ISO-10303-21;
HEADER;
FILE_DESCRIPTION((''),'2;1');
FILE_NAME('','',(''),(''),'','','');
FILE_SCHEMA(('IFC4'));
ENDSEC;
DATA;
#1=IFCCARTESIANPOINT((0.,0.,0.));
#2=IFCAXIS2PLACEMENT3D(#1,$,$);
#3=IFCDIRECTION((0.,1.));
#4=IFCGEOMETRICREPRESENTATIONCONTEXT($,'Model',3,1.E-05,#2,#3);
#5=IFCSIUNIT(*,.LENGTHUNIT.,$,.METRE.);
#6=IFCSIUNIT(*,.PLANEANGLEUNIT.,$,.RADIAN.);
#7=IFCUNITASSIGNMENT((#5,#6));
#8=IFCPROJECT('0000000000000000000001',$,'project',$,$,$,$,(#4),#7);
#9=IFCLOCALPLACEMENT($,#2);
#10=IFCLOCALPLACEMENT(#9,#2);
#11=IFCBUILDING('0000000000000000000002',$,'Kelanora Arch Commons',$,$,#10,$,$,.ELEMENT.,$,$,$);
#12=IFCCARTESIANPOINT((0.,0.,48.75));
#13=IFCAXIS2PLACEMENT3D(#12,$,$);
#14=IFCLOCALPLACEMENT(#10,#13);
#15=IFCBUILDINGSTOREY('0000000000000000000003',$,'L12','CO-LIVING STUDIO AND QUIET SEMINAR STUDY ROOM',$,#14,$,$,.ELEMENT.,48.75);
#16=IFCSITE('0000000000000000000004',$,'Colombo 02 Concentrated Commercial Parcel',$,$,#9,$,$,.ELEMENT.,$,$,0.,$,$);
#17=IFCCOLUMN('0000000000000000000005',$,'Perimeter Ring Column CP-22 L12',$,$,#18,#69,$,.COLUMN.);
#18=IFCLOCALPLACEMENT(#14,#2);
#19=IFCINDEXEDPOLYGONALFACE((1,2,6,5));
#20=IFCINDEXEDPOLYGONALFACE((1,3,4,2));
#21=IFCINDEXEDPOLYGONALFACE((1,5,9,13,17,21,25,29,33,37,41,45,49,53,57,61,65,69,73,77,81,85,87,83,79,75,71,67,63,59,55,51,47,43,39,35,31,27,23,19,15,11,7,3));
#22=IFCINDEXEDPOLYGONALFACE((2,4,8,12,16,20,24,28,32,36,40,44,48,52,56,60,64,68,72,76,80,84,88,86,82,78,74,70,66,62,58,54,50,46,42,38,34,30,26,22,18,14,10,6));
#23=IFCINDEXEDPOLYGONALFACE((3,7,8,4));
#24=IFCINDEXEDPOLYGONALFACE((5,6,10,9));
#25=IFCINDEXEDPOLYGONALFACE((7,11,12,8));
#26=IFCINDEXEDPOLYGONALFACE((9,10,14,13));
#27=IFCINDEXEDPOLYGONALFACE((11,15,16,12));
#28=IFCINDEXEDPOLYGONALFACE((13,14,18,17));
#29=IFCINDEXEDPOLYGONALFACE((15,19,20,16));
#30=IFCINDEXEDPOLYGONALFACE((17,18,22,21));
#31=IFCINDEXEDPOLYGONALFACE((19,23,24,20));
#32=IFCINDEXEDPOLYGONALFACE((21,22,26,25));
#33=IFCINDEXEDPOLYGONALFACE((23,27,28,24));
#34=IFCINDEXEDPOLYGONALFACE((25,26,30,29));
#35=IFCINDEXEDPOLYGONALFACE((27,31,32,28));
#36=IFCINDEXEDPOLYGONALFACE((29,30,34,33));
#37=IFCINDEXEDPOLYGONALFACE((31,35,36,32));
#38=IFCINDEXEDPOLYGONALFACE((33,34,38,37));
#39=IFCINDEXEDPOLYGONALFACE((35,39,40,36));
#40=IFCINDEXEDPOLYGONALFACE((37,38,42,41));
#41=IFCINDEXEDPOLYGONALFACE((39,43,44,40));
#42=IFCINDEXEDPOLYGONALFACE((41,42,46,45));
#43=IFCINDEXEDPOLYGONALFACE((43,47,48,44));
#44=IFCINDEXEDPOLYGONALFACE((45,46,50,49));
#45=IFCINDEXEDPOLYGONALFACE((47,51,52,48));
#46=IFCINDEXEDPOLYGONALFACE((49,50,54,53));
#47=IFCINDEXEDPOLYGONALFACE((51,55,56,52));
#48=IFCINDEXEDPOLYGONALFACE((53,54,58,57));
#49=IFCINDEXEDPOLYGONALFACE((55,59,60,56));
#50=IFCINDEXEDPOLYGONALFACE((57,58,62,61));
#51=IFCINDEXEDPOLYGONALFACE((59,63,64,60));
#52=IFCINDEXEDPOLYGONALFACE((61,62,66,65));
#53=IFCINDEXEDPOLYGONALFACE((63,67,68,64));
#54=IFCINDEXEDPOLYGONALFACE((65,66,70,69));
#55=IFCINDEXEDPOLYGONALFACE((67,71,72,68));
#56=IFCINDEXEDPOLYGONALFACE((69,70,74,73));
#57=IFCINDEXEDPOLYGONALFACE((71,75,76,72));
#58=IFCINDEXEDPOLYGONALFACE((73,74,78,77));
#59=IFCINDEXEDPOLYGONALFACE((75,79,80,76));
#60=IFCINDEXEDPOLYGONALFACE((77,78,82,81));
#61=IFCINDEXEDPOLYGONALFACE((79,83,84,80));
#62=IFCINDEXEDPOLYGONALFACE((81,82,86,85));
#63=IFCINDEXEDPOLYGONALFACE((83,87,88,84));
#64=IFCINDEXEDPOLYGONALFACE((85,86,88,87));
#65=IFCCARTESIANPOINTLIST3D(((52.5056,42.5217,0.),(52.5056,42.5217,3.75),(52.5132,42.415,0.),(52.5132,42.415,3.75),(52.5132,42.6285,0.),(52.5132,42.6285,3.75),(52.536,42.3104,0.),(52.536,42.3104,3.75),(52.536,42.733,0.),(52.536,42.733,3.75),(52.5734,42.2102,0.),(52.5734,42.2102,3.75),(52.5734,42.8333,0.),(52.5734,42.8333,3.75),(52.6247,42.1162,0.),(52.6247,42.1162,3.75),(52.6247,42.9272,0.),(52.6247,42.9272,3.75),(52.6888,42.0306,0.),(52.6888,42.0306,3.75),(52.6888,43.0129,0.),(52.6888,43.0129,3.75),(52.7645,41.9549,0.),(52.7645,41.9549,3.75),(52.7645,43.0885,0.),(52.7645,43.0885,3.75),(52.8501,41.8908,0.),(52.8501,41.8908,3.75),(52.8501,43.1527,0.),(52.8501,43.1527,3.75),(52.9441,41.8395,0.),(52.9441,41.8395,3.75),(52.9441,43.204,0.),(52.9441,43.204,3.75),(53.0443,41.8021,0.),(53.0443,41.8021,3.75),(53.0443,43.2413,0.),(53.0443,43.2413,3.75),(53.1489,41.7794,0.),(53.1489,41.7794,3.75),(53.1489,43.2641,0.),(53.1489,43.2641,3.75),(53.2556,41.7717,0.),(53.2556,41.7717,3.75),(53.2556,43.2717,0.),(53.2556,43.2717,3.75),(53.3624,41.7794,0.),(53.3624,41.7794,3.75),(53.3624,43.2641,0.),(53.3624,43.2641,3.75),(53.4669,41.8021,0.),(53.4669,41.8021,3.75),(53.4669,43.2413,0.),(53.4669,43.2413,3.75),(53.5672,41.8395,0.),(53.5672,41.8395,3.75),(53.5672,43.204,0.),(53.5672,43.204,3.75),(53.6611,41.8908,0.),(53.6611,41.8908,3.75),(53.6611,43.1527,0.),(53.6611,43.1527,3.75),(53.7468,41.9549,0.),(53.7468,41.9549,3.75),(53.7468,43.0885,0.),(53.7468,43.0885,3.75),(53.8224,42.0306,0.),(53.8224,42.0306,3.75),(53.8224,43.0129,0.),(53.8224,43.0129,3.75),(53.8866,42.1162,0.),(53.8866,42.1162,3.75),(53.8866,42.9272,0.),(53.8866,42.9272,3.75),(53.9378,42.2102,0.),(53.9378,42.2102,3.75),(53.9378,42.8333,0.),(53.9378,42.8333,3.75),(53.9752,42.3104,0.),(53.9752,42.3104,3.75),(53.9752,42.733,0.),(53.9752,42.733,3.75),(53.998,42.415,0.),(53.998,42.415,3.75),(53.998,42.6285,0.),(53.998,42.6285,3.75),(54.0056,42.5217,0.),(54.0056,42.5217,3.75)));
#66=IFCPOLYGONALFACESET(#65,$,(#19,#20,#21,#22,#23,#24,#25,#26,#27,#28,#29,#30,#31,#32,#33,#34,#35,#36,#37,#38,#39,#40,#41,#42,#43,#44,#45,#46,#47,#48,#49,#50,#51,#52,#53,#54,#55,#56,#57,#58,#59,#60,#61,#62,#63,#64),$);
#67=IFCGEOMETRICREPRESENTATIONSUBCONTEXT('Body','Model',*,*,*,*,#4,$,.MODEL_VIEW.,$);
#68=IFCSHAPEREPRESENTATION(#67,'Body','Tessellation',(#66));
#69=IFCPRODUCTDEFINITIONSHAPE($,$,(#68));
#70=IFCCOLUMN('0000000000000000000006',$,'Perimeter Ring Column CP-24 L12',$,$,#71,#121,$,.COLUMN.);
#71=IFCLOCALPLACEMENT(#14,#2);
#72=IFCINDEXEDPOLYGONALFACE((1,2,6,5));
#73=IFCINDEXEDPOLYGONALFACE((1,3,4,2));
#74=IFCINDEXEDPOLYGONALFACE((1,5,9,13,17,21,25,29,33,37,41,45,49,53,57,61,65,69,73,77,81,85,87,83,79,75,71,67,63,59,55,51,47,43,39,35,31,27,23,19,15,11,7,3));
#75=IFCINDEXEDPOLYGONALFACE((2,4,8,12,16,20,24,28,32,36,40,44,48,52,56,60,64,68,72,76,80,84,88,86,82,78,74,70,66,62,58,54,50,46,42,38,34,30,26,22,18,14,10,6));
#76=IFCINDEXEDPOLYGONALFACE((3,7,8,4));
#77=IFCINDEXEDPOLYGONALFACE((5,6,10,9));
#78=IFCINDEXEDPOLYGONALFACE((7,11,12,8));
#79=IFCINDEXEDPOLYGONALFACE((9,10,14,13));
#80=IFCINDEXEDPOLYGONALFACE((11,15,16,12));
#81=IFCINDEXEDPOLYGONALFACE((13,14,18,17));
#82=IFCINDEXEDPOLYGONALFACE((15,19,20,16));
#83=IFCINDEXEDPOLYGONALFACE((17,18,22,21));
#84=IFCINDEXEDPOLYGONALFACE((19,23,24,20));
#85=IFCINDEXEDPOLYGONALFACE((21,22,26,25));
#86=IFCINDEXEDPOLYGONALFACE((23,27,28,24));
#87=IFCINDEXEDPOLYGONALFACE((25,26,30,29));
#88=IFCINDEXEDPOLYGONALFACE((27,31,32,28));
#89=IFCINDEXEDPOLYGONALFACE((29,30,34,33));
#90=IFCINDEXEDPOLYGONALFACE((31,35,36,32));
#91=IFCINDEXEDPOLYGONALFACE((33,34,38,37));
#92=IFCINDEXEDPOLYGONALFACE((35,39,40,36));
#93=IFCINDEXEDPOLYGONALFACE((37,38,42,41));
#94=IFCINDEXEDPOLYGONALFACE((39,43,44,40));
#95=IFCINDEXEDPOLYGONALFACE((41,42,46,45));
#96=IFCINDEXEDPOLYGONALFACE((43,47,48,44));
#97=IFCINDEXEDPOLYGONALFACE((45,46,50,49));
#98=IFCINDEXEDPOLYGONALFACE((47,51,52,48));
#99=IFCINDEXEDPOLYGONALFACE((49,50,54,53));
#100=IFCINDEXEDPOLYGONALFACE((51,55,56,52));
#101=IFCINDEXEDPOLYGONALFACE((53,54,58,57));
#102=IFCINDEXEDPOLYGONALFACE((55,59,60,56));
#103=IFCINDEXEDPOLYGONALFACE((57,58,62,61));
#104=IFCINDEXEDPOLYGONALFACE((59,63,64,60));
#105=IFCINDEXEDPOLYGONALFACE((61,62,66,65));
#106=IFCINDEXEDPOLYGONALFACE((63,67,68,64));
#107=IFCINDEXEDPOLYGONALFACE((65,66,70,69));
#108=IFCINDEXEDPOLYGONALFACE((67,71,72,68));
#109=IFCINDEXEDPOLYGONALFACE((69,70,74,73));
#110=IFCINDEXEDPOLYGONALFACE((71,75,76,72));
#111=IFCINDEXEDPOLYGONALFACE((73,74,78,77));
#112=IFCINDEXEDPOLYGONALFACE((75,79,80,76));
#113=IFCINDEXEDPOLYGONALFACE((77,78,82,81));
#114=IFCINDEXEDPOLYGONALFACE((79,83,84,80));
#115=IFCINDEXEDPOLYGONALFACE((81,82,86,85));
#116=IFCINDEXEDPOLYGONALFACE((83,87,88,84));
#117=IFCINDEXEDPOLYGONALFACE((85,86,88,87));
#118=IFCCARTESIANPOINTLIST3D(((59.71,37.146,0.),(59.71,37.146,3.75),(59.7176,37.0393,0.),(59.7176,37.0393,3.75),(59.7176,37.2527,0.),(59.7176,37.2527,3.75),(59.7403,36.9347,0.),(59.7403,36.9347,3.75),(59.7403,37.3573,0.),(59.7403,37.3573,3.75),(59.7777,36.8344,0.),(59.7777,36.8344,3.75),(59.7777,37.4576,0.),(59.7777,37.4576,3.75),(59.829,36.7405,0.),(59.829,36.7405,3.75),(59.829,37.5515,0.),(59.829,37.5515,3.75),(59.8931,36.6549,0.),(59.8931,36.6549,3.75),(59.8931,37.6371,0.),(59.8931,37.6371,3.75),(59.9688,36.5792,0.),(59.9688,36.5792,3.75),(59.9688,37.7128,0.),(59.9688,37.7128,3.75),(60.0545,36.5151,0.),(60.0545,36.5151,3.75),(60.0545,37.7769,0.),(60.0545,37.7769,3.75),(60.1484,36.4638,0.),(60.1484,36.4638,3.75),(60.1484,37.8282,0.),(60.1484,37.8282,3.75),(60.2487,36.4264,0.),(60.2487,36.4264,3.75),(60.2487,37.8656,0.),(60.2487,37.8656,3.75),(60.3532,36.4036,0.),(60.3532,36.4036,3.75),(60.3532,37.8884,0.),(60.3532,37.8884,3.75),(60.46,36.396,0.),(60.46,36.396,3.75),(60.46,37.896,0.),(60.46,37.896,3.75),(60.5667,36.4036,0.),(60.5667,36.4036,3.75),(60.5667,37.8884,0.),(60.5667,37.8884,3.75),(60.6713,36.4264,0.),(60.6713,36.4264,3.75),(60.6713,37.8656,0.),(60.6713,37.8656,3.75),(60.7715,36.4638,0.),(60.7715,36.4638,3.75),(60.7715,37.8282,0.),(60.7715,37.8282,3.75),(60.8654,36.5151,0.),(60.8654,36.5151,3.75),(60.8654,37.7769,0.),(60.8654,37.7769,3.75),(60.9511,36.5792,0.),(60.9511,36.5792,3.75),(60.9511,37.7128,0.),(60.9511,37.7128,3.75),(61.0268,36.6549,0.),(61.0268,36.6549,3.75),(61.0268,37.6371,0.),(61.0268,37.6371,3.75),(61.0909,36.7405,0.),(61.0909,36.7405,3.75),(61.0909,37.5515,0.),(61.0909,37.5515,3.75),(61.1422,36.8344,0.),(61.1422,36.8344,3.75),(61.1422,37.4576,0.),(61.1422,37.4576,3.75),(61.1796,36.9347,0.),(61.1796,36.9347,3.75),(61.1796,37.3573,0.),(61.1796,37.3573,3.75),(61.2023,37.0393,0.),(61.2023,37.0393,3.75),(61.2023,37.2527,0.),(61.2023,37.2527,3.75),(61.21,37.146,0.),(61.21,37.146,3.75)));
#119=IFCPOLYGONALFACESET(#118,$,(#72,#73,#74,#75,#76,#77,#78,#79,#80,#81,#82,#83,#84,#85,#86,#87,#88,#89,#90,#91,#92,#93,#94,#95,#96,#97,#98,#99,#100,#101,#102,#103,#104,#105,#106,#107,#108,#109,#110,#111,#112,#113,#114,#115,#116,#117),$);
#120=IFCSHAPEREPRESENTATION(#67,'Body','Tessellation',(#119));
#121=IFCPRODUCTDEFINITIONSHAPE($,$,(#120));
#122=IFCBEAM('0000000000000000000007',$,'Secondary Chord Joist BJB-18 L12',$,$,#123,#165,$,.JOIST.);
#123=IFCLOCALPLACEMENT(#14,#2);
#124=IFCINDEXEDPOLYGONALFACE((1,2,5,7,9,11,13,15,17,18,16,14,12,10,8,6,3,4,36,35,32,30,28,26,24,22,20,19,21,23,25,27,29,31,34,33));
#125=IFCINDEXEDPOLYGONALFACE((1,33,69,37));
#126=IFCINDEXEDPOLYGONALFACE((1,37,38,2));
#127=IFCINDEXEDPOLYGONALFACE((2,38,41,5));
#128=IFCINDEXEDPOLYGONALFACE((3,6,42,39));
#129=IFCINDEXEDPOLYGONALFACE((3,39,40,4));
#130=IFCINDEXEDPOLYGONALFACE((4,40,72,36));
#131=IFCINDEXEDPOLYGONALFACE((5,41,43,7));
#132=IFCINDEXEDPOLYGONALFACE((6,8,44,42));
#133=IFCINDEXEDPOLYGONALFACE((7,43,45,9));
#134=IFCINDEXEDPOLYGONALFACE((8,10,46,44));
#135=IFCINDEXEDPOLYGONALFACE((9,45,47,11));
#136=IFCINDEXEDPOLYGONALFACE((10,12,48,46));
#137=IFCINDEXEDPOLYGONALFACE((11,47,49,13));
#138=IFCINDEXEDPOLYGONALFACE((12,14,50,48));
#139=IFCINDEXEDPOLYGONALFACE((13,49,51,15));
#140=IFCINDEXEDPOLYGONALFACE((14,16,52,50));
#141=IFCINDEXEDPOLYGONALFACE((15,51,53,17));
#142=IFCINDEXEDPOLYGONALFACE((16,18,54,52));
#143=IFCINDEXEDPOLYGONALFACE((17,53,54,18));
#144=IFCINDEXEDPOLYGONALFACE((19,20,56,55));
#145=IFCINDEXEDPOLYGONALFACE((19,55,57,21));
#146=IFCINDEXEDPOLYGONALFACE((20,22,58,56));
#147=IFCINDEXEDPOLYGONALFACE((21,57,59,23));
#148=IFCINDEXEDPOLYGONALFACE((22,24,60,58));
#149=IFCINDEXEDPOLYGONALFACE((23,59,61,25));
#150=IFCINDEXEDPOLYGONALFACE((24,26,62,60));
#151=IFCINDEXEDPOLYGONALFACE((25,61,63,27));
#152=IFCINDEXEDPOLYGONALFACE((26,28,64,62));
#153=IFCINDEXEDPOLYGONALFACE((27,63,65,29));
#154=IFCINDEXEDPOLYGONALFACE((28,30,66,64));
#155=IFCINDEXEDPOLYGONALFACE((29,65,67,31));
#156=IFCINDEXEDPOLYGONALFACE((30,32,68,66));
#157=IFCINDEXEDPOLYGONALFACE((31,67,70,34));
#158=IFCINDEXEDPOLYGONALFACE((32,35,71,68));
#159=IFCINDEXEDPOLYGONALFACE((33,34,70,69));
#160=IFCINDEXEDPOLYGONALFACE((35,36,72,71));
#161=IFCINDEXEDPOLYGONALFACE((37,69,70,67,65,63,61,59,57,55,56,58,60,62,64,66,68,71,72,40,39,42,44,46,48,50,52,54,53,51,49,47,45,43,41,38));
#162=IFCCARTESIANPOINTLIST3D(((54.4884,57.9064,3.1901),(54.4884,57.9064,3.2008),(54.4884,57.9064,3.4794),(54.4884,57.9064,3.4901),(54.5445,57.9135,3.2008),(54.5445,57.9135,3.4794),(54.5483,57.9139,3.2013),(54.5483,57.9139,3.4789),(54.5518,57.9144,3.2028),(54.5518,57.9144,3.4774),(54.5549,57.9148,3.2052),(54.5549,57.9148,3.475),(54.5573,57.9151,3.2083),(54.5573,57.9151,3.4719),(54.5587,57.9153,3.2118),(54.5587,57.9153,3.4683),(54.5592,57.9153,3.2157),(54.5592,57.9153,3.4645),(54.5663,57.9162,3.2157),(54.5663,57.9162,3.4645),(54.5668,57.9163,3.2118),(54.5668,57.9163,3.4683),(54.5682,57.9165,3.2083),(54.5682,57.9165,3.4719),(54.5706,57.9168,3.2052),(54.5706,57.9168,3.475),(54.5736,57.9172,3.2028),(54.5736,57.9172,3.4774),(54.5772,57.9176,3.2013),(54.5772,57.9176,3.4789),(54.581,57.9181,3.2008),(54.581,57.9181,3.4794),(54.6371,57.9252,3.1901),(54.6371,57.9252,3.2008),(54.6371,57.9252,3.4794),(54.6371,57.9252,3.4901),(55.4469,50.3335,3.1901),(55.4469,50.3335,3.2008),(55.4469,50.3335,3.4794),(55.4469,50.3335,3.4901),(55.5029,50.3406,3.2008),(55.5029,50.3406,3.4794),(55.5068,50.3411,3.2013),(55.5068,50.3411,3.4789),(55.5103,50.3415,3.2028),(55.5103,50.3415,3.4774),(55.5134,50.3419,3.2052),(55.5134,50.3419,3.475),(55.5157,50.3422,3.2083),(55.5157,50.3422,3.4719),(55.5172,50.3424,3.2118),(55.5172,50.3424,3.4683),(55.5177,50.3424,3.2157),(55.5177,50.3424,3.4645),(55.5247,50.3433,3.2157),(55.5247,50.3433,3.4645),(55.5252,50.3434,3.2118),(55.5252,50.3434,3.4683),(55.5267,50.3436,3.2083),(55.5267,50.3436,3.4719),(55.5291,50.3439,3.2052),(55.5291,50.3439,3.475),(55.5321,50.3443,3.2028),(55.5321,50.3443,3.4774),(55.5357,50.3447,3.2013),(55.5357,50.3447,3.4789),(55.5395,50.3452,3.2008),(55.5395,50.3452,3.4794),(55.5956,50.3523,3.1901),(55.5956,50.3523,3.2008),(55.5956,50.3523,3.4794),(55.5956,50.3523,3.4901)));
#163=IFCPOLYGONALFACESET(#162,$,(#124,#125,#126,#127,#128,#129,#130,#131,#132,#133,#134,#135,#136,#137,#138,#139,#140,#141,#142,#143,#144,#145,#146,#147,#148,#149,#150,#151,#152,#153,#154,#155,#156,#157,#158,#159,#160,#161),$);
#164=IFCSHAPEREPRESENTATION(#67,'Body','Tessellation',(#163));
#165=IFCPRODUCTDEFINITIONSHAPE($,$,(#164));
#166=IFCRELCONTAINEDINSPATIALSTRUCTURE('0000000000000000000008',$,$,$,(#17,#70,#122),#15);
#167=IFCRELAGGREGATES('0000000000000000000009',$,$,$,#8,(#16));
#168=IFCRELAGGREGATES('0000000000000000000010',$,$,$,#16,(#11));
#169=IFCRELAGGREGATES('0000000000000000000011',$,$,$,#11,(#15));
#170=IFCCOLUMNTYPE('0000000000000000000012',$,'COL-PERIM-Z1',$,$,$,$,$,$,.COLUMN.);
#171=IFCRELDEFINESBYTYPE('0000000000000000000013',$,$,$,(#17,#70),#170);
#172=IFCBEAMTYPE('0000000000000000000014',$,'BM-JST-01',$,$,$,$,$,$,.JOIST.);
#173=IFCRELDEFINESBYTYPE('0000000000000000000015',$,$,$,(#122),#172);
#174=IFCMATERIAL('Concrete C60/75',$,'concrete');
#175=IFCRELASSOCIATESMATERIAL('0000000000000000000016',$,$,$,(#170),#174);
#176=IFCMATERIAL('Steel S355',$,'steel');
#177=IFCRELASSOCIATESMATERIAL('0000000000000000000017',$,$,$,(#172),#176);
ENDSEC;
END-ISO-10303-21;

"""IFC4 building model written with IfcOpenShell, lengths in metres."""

from ifc_helpers import new_model, si_unit, direction, frame, origin, origin_2d, place, context, subcontext, project, spatial, circle, i_section, extrude, material, material_profile, profile_set, type_object, element, save


model = new_model("IFC4")

# Units and contexts
model_context = context("Model", 3, precision=1e-05, world=origin(), true_north=direction((0.0, 1.0)))
body_context = subcontext(model_context, "Body", "Model", "MODEL_VIEW")
ifc_project = project(units=[si_unit("LENGTHUNIT", "METRE"), si_unit("PLANEANGLEUNIT", "RADIAN")], contexts=[model_context])

# Site, building, storey
site_placement = place(None, origin())
site = spatial("IfcSite", under=ifc_project, at=site_placement, Name="Colombo 02 Concentrated Commercial Parcel", CompositionType="ELEMENT", RefElevation=0.0)
building_placement = place(site_placement, origin())
building = spatial("IfcBuilding", under=site, at=building_placement, Name="Kelanora Arch Commons", CompositionType="ELEMENT")
storey_placement = place(building_placement, frame((0.0, 0.0, 48.75)))
storey = spatial("IfcBuildingStorey", under=building, at=storey_placement, Name="L12", Description="CO-LIVING STUDIO AND QUIET SEMINAR STUDY ROOM", CompositionType="ELEMENT", Elevation=48.75)

# Columns
ifc_material_1 = material(Name="Concrete C60/75", Category="concrete")
ifc_material_profile_1 = material_profile(ifc_material_1, circle(Radius=0.75, at=origin_2d()), Name="RCC1500")
ifc_profile_set_1 = profile_set([ifc_material_profile_1], Name="Concrete C60/75")
column_type = type_object("IfcColumnType", Name="COL-PERIM-Z1", PredefinedType="COLUMN", material=ifc_profile_set_1)
for number, where, z_axis, x_axis, name in (
    (1, (53.2556, 42.5217, 0.0), (0.0, 0.0, 1.0), (1.0, 0.0, 0.0), "Perimeter Ring Column CP-22 L12"),
    (2, (60.46, 37.146, 0.0), (0.0, 0.0, 1.0), (1.0, 0.0, 0.0), "Perimeter Ring Column CP-24 L12"),
):
    element("IfcColumn", number, at=place(storey_placement, frame(where, z_axis=z_axis, x_axis=x_axis)), inside=storey, type_object=column_type, Name=name, PredefinedType="COLUMN", context=body_context, shape_type="SweptSolid", body=[
        extrude(circle(Radius=0.75, at=origin_2d()), origin(), (0.0, 0.0, 1.0), 3.75),
    ])

# Beam
ifc_material_2 = material(Name="Steel S355", Category="steel")
ifc_material_profile_2 = material_profile(ifc_material_2, i_section(OverallWidth=0.1499, OverallDepth=0.3, WebThickness=0.0071, FlangeThickness=0.0107, FilletRadius=0.0149, at=origin_2d()), Name="IPE300")
ifc_profile_set_2 = profile_set([ifc_material_profile_2], Name="Steel S355")
beam_type_1 = type_object("IfcBeamType", Name="BM-JST-01", PredefinedType="JOIST", material=ifc_profile_set_2)
beam_1_placement = place(storey_placement, frame((54.5627, 57.9158, 3.3401), z_axis=(0.125566, -0.992085, 0.0), x_axis=(0.992085, 0.125566, 0.0)))
element("IfcBeam", 3, at=beam_1_placement, inside=storey, type_object=beam_type_1, Name="Secondary Chord Joist BJB-18 L12", PredefinedType="JOIST", context=body_context, shape_type="SweptSolid", body=[
    extrude(i_section(OverallWidth=0.1499, OverallDepth=0.3, WebThickness=0.0071, FlangeThickness=0.0107, FilletRadius=0.0149, at=origin_2d()), origin(), (0.0, 0.0, 1.0), 7.6333),
])

save(model, "model.ifc")
